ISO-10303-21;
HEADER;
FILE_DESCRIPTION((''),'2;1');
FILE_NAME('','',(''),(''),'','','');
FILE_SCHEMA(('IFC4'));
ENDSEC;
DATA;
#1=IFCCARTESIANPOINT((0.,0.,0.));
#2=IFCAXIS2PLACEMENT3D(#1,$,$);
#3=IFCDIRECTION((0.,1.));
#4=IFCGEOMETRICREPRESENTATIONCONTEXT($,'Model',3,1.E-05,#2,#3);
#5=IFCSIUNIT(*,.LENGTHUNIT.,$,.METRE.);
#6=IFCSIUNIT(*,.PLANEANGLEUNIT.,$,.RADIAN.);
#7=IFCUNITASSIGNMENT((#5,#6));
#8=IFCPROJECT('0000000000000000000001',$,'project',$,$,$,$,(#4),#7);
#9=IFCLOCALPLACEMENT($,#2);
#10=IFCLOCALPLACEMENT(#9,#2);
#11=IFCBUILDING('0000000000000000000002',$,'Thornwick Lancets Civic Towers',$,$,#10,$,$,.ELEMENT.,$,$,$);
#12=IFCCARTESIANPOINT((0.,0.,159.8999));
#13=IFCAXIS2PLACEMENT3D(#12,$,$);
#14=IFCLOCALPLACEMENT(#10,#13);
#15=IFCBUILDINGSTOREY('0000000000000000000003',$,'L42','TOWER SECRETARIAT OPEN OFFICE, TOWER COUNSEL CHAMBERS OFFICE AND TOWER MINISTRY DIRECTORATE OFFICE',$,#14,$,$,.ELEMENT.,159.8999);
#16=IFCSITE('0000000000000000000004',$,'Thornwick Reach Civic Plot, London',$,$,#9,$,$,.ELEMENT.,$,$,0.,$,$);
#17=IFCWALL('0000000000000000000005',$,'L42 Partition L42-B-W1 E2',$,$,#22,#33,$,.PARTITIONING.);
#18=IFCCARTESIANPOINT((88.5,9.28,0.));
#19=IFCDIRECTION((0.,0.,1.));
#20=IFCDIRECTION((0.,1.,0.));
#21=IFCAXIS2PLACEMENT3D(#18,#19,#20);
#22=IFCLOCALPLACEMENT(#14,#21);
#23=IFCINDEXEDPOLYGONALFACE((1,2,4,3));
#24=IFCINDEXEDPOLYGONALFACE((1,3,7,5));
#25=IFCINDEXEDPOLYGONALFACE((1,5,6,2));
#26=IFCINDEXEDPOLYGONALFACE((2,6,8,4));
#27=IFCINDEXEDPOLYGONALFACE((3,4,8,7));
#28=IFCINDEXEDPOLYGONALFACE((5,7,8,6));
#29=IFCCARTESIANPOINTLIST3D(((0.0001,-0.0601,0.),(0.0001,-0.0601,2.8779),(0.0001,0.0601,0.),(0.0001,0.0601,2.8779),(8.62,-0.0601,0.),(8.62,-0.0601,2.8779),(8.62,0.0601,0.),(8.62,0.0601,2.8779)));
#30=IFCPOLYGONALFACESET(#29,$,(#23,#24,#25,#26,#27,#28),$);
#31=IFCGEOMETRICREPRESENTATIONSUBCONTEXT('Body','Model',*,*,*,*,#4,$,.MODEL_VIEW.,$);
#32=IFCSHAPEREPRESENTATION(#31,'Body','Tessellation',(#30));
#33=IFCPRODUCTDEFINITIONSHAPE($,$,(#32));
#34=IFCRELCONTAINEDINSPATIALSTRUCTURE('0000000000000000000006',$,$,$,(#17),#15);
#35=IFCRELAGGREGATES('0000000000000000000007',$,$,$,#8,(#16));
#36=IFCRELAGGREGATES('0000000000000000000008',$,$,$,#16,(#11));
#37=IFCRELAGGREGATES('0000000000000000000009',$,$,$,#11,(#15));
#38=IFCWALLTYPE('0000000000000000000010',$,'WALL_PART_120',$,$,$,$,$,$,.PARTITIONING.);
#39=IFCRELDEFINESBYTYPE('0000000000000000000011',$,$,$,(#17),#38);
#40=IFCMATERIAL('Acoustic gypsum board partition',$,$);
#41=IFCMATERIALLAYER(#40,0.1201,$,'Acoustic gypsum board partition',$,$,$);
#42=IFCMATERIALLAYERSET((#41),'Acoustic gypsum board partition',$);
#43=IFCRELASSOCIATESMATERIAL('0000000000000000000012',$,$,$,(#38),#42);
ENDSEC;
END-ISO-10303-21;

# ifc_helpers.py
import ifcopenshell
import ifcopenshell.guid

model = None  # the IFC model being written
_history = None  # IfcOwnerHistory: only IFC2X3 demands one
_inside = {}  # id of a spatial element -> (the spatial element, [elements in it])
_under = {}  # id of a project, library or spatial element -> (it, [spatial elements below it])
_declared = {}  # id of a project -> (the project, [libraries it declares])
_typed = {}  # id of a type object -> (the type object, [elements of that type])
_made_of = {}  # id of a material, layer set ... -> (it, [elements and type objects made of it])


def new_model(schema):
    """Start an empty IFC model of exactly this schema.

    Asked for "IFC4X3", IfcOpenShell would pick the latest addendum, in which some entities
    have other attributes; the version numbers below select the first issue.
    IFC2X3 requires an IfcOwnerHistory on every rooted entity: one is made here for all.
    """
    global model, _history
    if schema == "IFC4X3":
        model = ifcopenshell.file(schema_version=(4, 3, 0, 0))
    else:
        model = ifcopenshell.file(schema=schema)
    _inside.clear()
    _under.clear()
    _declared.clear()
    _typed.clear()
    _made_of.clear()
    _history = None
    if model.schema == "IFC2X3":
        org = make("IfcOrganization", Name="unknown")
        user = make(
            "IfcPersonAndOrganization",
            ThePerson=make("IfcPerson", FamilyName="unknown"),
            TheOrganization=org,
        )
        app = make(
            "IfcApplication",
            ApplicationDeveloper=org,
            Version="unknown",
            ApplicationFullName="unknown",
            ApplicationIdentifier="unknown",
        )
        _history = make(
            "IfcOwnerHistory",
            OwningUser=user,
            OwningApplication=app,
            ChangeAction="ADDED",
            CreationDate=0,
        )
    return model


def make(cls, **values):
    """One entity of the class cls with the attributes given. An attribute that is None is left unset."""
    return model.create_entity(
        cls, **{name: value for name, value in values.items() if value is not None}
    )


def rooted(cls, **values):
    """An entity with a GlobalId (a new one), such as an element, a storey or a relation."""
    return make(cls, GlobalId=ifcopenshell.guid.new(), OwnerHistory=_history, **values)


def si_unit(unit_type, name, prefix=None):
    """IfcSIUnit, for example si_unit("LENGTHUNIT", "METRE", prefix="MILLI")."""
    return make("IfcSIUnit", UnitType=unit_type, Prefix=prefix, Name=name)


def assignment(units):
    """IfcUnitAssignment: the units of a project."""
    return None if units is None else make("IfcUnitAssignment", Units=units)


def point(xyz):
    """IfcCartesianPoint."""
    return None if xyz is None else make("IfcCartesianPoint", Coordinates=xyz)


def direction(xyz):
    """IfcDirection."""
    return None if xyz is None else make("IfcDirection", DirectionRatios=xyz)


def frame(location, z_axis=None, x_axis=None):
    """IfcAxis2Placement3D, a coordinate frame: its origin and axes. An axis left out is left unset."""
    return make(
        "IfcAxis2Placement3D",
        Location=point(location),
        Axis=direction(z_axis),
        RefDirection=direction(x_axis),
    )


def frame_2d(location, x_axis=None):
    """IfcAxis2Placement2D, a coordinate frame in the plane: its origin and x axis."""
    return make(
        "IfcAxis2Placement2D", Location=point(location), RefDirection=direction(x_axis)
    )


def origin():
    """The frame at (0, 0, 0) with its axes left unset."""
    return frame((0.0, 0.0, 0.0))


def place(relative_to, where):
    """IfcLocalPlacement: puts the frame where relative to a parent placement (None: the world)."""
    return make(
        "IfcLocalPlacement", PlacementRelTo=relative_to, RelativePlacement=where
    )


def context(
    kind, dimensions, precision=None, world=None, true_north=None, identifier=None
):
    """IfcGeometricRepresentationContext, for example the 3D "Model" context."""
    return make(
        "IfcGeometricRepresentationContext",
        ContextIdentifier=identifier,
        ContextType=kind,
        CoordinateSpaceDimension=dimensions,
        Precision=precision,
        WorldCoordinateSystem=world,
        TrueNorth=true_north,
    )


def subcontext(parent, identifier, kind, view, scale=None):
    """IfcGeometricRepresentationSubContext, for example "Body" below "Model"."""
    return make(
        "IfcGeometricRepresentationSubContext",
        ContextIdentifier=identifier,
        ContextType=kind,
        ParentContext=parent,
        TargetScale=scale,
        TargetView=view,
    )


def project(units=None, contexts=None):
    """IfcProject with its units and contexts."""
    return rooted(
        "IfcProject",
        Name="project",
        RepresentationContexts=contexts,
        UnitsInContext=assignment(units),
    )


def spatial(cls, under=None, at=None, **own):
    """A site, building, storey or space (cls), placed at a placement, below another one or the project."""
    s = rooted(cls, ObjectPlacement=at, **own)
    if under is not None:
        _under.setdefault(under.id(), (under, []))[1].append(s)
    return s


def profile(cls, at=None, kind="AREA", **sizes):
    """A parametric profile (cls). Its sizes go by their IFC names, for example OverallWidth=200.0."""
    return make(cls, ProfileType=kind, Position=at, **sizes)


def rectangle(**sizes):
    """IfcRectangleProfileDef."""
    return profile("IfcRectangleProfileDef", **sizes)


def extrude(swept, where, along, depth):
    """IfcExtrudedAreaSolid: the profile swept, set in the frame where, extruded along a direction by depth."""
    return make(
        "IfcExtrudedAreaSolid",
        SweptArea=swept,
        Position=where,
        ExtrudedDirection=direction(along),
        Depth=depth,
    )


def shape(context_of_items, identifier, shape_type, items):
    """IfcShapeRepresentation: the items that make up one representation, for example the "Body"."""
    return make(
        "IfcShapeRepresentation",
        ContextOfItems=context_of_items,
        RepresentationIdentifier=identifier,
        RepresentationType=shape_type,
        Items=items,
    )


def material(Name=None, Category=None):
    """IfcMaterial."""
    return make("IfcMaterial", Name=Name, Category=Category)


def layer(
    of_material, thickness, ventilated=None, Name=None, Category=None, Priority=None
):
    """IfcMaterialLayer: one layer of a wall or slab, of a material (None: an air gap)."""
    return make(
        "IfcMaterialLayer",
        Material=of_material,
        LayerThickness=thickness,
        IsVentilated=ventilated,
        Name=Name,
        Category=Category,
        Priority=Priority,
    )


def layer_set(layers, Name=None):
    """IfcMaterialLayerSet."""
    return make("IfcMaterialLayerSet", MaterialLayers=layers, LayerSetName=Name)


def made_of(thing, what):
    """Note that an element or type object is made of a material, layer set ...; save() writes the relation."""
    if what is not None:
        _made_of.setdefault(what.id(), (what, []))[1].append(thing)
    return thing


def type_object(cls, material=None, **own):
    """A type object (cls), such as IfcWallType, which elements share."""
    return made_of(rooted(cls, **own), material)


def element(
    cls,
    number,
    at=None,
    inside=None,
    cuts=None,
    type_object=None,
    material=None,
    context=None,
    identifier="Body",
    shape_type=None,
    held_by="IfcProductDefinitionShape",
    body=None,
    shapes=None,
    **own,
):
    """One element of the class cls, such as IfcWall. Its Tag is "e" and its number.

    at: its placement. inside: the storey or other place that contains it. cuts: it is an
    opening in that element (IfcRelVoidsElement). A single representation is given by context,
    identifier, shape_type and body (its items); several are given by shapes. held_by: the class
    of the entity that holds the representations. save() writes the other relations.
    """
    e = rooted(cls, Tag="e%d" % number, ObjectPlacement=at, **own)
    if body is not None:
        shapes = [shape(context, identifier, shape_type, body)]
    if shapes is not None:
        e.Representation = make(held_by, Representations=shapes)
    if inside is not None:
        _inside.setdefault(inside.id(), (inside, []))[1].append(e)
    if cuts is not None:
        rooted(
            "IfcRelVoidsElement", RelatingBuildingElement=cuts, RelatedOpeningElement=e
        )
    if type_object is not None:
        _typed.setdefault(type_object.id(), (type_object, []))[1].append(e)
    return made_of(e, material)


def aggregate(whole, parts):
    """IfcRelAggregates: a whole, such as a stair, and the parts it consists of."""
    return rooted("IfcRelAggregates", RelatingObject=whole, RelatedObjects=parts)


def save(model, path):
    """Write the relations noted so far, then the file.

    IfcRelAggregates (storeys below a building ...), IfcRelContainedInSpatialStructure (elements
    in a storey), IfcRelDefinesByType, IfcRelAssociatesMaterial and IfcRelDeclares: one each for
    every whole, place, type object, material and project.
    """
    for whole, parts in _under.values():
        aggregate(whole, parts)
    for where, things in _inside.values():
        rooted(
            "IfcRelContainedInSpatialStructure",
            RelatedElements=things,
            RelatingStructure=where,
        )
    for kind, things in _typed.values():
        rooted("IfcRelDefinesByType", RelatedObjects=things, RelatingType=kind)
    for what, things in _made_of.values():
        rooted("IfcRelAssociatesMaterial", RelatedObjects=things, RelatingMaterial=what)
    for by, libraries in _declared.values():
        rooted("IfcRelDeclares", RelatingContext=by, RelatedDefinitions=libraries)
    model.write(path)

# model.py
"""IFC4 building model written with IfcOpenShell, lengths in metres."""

from ifc_helpers import new_model, si_unit, direction, frame, frame_2d, origin, place, context, subcontext, project, spatial, rectangle, extrude, material, layer, layer_set, type_object, element, save


model = new_model("IFC4")

# Units and contexts
model_context = context("Model", 3, precision=1e-05, world=origin(), true_north=direction((0.0, 1.0)))
body_context = subcontext(model_context, "Body", "Model", "MODEL_VIEW")
ifc_project = project(units=[si_unit("LENGTHUNIT", "METRE"), si_unit("PLANEANGLEUNIT", "RADIAN")], contexts=[model_context])

# Site, building, storey
site_placement = place(None, origin())
site = spatial("IfcSite", under=ifc_project, at=site_placement, Name="Thornwick Reach Civic Plot, London", CompositionType="ELEMENT", RefElevation=0.0)
building_placement = place(site_placement, origin())
building = spatial("IfcBuilding", under=site, at=building_placement, Name="Thornwick Lancets Civic Towers", CompositionType="ELEMENT")
storey_placement = place(building_placement, frame((0.0, 0.0, 159.8999)))
storey = spatial("IfcBuildingStorey", under=building, at=storey_placement, Name="L42", Description="TOWER SECRETARIAT OPEN OFFICE, TOWER COUNSEL CHAMBERS OFFICE AND TOWER MINISTRY DIRECTORATE OFFICE", CompositionType="ELEMENT", Elevation=159.8999)

# Shared definitions
ifc_material_1 = material(Name="Acoustic gypsum board partition")
ifc_layer_1 = layer(ifc_material_1, 0.1201, Name="Acoustic gypsum board partition")
ifc_layer_set_1 = layer_set([ifc_layer_1], Name="Acoustic gypsum board partition")
wall_type_1 = type_object("IfcWallType", Name="WALL_PART_120", PredefinedType="PARTITIONING", material=ifc_layer_set_1)

# Wall
wall_1_placement = place(storey_placement, frame((88.5, 9.28, 0.0), z_axis=(0.0, 0.0, 1.0), x_axis=(0.0, 1.0, 0.0)))
element("IfcWall", 1, at=wall_1_placement, inside=storey, type_object=wall_type_1, Name="L42 Partition L42-B-W1 E2", PredefinedType="PARTITIONING", context=body_context, shape_type="SweptSolid", body=[
    extrude(rectangle(XDim=8.6199, YDim=0.1201, at=frame_2d((4.3101, 0.0))), origin(), (0.0, 0.0, 1.0), 2.8779),
])

save(model, "model.ifc")
